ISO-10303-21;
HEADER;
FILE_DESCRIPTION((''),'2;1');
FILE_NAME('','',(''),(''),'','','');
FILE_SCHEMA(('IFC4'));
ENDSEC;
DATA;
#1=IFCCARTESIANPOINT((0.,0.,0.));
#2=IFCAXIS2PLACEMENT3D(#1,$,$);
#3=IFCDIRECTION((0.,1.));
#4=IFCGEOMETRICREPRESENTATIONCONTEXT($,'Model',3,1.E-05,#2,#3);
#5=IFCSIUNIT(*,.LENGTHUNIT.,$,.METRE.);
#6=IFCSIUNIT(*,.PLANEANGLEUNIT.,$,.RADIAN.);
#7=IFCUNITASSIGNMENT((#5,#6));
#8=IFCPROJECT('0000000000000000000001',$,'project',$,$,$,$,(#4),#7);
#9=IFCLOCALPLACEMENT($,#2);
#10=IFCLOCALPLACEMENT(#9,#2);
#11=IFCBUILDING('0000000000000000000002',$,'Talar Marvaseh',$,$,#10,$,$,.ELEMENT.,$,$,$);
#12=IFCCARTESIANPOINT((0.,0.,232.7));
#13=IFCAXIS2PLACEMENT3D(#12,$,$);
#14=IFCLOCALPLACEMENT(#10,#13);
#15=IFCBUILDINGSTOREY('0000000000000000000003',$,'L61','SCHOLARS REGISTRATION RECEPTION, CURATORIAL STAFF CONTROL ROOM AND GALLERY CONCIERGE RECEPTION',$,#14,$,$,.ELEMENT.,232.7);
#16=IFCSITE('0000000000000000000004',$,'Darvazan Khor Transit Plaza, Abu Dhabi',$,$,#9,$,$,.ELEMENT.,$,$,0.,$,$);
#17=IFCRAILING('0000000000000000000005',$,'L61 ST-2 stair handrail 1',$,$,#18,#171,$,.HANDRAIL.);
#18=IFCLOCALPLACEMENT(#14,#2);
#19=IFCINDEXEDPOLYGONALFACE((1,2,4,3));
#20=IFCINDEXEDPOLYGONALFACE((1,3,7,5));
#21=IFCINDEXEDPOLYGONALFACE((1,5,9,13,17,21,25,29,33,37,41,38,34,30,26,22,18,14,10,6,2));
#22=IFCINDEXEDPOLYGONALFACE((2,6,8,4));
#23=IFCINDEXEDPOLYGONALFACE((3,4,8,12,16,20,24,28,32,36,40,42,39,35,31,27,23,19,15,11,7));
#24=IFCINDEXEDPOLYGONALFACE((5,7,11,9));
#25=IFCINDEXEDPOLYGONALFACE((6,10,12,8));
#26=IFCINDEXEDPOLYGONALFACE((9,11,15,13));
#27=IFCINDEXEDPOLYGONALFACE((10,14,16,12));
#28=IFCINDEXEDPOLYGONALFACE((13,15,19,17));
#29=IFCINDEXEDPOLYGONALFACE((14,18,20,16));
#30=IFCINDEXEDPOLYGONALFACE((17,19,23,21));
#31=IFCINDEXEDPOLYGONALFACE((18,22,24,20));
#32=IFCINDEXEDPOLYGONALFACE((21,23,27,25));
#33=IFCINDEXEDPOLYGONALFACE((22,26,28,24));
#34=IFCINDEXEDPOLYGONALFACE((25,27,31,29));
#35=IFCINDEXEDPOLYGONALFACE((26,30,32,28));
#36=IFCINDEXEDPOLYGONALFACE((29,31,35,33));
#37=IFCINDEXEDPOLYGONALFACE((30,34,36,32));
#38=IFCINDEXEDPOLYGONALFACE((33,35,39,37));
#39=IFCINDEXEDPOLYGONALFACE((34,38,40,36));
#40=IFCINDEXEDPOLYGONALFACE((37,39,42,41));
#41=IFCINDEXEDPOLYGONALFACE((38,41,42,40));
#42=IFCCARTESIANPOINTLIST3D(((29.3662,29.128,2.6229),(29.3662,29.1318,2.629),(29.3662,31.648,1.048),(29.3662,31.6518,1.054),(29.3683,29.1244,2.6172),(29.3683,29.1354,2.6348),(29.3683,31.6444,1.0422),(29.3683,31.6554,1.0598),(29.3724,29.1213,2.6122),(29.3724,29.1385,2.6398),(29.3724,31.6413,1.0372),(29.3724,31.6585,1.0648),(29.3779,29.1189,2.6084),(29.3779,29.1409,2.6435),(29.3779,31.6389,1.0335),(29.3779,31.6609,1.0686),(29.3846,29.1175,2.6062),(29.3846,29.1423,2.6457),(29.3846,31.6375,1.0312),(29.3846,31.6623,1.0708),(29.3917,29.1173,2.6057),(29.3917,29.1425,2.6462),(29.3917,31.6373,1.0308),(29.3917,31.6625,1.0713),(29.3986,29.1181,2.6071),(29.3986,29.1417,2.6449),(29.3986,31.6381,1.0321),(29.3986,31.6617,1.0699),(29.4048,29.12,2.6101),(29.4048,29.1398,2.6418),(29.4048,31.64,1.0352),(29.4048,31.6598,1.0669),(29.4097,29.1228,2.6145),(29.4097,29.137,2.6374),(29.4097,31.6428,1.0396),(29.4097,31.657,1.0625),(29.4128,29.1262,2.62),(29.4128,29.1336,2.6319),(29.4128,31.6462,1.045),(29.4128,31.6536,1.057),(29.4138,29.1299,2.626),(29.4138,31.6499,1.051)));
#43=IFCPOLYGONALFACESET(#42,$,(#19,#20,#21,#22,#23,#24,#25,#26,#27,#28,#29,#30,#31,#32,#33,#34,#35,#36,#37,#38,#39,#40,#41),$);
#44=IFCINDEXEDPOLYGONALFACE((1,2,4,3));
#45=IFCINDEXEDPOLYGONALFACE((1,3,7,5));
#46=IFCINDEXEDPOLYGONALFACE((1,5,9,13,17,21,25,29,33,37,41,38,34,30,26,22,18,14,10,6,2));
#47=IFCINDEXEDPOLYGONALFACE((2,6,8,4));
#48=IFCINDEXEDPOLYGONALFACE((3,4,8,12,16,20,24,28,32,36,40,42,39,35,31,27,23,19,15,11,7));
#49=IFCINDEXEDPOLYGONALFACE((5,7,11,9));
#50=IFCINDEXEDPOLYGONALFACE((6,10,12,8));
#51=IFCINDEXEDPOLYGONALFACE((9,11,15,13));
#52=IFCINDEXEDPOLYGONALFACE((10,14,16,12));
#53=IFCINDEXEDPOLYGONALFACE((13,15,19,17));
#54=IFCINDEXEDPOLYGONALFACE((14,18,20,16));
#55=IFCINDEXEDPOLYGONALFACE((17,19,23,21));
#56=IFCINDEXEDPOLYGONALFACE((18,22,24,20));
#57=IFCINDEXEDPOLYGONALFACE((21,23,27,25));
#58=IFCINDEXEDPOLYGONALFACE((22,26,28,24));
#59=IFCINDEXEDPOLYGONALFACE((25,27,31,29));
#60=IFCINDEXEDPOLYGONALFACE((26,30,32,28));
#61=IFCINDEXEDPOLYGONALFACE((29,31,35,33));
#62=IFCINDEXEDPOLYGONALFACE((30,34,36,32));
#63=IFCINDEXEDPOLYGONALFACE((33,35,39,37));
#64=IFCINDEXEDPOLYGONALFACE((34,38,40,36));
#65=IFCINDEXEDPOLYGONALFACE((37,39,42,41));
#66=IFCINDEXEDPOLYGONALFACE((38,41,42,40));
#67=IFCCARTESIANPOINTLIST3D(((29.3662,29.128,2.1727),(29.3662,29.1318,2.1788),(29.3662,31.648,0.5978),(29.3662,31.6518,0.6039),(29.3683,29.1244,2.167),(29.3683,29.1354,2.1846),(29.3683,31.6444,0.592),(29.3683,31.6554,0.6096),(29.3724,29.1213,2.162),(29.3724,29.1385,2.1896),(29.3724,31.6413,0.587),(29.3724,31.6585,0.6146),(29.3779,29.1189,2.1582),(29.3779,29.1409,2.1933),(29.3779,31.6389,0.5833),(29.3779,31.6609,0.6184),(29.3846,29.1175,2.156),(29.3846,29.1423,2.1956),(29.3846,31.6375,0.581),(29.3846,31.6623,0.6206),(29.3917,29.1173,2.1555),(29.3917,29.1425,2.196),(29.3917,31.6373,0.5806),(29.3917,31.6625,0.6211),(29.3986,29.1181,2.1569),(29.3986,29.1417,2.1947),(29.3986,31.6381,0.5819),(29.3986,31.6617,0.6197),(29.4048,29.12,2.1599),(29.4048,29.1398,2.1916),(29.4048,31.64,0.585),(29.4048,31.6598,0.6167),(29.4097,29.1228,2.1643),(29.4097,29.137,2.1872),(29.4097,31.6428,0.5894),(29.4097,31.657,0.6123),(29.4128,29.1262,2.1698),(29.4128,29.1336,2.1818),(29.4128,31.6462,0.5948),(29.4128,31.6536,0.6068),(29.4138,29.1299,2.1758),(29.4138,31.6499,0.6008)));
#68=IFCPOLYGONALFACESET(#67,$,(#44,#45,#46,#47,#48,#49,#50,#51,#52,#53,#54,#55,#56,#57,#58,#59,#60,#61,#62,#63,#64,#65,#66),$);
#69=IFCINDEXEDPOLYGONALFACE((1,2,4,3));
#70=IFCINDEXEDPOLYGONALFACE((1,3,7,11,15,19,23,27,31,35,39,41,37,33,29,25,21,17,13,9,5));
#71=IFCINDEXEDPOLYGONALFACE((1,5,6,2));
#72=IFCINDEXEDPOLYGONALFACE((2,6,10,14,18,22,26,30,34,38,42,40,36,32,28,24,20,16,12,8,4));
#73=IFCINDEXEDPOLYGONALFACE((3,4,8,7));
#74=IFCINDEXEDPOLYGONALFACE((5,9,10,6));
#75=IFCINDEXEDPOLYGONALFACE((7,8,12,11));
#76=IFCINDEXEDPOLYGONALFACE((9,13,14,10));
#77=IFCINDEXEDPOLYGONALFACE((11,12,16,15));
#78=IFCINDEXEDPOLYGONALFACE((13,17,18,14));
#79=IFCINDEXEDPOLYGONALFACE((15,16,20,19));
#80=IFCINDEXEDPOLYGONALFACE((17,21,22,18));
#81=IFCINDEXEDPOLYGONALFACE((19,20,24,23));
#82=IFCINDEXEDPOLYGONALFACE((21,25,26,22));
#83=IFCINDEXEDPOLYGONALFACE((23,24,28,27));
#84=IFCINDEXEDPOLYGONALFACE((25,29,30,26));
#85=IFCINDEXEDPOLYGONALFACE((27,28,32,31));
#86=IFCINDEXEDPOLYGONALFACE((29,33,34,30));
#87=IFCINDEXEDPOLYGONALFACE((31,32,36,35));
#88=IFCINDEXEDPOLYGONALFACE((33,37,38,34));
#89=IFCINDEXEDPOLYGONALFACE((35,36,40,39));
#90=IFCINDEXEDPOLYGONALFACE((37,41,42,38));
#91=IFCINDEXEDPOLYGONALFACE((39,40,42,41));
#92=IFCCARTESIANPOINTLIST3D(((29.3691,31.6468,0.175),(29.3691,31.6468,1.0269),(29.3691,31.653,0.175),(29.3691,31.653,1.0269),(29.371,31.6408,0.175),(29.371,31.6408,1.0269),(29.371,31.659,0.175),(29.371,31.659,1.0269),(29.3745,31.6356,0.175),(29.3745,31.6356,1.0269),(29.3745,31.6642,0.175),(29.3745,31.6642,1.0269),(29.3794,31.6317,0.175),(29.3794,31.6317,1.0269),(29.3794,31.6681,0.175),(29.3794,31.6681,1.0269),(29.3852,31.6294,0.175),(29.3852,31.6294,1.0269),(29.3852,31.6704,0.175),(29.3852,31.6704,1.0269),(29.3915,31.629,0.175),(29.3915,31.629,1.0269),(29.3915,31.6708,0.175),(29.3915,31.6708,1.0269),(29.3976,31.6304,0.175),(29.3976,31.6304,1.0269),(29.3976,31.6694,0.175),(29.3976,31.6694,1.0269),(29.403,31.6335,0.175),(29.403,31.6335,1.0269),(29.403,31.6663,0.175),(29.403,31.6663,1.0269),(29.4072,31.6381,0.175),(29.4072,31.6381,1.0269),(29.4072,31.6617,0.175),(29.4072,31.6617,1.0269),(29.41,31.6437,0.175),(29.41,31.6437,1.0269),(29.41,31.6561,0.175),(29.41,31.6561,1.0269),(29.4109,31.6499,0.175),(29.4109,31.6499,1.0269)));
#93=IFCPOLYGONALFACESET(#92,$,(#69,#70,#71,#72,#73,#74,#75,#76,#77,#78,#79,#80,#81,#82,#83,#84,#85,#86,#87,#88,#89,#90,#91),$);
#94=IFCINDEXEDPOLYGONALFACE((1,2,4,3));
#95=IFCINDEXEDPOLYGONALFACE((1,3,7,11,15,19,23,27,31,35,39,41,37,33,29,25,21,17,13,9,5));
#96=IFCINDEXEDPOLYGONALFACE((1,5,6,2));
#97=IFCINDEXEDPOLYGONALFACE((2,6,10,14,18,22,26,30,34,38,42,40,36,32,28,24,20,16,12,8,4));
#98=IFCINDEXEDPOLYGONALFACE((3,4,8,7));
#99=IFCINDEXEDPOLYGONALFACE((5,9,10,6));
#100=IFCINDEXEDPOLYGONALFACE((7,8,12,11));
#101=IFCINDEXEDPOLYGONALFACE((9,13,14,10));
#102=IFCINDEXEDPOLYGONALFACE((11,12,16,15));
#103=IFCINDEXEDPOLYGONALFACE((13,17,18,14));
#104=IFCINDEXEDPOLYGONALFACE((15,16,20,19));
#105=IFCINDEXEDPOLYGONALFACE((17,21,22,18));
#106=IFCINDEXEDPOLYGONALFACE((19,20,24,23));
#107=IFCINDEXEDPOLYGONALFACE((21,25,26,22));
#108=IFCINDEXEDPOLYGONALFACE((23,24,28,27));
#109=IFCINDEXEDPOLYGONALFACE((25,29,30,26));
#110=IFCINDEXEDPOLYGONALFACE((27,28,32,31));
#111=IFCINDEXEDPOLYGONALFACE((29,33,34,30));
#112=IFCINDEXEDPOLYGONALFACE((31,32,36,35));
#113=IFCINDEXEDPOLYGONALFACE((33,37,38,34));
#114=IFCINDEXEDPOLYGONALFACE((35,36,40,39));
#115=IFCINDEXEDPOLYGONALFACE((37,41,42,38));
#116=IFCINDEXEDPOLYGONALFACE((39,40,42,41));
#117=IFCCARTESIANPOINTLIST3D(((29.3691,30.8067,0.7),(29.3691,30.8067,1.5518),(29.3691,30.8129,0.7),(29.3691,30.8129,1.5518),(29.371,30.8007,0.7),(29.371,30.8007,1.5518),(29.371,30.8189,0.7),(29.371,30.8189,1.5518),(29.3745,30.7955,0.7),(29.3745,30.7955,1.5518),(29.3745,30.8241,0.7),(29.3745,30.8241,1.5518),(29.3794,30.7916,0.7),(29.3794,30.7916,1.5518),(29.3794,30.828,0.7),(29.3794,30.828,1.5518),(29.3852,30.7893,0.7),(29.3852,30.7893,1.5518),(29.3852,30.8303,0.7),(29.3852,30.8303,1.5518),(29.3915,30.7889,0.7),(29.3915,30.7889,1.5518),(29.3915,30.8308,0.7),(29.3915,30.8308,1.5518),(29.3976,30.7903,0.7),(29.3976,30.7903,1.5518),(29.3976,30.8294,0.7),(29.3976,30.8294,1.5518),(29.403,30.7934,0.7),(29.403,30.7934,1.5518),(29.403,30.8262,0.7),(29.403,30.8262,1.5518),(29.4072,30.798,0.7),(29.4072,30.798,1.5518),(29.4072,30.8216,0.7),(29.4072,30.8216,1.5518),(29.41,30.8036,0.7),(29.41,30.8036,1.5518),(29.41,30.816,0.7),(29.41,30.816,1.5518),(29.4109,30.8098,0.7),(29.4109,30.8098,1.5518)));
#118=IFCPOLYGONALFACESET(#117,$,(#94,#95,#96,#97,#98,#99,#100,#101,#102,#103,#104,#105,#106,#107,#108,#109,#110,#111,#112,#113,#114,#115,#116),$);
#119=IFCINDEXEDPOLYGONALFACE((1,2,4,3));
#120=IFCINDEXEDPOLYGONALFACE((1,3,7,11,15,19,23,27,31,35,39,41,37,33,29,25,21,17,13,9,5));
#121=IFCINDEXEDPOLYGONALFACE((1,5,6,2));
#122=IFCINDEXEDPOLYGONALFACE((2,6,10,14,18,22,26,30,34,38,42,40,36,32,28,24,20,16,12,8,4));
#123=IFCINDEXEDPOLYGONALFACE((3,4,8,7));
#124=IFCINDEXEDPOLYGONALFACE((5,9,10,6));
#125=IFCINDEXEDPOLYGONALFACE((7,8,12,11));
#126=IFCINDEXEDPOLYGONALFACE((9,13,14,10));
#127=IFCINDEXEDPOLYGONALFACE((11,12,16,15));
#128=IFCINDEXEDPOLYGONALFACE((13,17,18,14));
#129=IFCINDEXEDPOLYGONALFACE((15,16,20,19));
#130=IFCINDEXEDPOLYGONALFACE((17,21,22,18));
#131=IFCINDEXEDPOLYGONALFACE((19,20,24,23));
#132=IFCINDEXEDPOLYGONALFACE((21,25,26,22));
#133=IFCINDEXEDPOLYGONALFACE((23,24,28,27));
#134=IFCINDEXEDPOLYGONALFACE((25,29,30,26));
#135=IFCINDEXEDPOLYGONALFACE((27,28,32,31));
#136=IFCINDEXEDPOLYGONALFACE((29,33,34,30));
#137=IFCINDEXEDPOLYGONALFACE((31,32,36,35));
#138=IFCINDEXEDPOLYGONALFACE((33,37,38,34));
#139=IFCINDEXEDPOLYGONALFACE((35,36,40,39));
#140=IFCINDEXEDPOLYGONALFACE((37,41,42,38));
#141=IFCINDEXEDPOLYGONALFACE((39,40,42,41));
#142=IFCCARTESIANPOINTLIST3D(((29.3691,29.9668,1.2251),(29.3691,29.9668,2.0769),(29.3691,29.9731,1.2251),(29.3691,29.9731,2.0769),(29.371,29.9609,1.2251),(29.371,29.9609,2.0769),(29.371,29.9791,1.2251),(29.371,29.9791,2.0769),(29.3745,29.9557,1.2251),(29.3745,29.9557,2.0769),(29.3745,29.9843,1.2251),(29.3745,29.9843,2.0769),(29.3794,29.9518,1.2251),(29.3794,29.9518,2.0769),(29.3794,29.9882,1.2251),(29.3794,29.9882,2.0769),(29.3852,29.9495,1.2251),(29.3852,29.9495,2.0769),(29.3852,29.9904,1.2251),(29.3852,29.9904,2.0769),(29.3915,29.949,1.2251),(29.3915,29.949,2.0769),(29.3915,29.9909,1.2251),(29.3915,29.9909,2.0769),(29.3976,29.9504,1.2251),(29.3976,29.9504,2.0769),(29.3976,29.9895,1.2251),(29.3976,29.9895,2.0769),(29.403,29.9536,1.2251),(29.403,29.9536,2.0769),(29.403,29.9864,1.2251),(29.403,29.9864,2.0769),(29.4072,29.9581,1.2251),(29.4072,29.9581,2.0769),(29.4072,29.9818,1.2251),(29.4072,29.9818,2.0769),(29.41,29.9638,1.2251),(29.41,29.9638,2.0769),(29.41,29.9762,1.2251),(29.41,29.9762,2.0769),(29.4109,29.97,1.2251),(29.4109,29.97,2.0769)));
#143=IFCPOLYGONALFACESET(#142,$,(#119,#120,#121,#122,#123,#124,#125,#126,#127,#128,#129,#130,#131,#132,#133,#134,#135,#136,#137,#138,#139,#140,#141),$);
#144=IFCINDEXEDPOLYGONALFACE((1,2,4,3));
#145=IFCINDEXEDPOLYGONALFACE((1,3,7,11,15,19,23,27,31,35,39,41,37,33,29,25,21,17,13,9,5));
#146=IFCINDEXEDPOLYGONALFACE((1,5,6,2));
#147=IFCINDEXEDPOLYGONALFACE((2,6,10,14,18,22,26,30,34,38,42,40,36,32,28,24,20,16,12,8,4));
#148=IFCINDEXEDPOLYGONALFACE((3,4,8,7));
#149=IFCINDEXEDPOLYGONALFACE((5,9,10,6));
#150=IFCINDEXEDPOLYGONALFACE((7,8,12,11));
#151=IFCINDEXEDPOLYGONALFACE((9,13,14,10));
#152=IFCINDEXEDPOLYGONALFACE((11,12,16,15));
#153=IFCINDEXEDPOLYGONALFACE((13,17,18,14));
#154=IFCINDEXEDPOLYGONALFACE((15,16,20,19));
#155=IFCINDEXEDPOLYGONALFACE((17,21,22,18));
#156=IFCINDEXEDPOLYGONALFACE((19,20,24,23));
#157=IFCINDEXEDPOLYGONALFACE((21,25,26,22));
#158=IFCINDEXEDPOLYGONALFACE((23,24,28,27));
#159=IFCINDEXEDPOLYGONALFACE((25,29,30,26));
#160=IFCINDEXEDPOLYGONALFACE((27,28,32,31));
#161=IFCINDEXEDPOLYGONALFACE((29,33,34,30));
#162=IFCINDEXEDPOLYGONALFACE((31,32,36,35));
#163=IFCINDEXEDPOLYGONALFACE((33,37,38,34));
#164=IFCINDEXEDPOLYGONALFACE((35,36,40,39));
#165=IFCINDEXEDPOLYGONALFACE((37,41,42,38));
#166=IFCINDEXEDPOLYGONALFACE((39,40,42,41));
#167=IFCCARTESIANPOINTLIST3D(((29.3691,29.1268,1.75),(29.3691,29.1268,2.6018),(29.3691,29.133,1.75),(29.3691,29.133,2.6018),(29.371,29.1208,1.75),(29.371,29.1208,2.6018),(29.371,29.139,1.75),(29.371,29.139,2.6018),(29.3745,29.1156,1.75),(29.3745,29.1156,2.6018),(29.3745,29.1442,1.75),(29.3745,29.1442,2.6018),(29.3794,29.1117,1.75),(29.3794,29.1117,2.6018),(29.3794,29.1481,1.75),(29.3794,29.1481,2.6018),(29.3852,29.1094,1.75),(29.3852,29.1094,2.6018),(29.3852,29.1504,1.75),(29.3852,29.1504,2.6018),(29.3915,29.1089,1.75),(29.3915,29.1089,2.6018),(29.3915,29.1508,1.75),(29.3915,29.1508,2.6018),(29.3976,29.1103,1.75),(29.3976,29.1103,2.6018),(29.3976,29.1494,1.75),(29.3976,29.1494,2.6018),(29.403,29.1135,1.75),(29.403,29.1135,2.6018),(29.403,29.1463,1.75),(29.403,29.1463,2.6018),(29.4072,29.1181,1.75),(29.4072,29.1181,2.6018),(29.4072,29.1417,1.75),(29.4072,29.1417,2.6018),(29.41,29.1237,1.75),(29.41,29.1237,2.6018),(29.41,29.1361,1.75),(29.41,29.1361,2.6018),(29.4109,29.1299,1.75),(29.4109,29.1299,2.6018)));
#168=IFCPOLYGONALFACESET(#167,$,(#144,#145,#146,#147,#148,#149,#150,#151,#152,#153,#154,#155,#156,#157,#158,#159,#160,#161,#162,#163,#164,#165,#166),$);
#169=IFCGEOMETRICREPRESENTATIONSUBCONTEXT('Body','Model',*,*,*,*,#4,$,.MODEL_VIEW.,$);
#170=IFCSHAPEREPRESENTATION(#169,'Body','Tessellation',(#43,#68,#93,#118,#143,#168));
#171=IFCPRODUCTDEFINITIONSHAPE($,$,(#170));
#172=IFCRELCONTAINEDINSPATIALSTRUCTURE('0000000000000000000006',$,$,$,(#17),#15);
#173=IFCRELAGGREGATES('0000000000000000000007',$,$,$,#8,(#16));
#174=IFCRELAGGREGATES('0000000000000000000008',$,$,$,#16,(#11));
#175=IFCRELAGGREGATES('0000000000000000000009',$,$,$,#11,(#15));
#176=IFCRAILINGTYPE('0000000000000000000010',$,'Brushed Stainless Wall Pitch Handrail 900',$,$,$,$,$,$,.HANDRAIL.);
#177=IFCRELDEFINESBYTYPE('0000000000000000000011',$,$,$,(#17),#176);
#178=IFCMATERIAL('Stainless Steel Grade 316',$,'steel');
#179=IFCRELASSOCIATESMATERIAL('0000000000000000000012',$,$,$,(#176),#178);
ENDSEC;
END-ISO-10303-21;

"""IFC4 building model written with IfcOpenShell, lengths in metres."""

from ifc_helpers import new_model, si_unit, direction, frame, origin, origin_2d, place, context, subcontext, project, spatial, circle, extrude, material, type_object, element, save


model = new_model("IFC4")

# Units and contexts
model_context = context("Model", 3, precision=1e-05, world=origin(), true_north=direction((0.0, 1.0)))
body_context = subcontext(model_context, "Body", "Model", "MODEL_VIEW")
ifc_project = project(units=[si_unit("LENGTHUNIT", "METRE"), si_unit("PLANEANGLEUNIT", "RADIAN")], contexts=[model_context])

# Site, building, storey
site_placement = place(None, origin())
site = spatial("IfcSite", under=ifc_project, at=site_placement, Name="Darvazan Khor Transit Plaza, Abu Dhabi", CompositionType="ELEMENT", RefElevation=0.0)
building_placement = place(site_placement, origin())
building = spatial("IfcBuilding", under=site, at=building_placement, Name="Talar Marvaseh", CompositionType="ELEMENT")
storey_placement = place(building_placement, frame((0.0, 0.0, 232.7)))
storey = spatial("IfcBuildingStorey", under=building, at=storey_placement, Name="L61", Description="SCHOLARS REGISTRATION RECEPTION, CURATORIAL STAFF CONTROL ROOM AND GALLERY CONCIERGE RECEPTION", CompositionType="ELEMENT", Elevation=232.7)

# Shared definitions
ifc_material_1 = material(Name="Stainless Steel Grade 316", Category="steel")

# Railing
railing_type_1 = type_object("IfcRailingType", Name="Brushed Stainless Wall Pitch Handrail 900", PredefinedType="HANDRAIL", material=ifc_material_1)
railing_1_placement = place(storey_placement, frame((29.3899, 31.6499, 0.175)))
element("IfcRailing", 1, at=railing_1_placement, inside=storey, type_object=railing_type_1, Name="L61 ST-2 stair handrail 1", PredefinedType="HANDRAIL", context=body_context, shape_type="SweptSolid", body=[
    extrude(circle(Radius=0.0239, at=origin_2d()), frame((0.0, 0.0, 0.876), z_axis=(0.0, -0.848008, 0.529984), x_axis=(1.0, 0.0, 0.0)), (0.0, 0.0, 1.0), 2.9717),
    extrude(circle(Radius=0.0239, at=origin_2d()), frame((0.0, 0.0, 0.4258), z_axis=(0.0, -0.848008, 0.529984), x_axis=(1.0, 0.0, 0.0)), (0.0, 0.0, 1.0), 2.9717),
    extrude(circle(Radius=0.021, at=origin_2d()), origin(), (0.0, 0.0, 1.0), 0.8518),
    extrude(circle(Radius=0.021, at=origin_2d()), frame((0.0, -0.8401, 0.5249)), (0.0, 0.0, 1.0), 0.8518),
    extrude(circle(Radius=0.021, at=origin_2d()), frame((0.0, -1.6799, 1.05)), (0.0, 0.0, 1.0), 0.8518),
    extrude(circle(Radius=0.021, at=origin_2d()), frame((0.0, -2.52, 1.575)), (0.0, 0.0, 1.0), 0.8518),
])

save(model, "model.ifc")
